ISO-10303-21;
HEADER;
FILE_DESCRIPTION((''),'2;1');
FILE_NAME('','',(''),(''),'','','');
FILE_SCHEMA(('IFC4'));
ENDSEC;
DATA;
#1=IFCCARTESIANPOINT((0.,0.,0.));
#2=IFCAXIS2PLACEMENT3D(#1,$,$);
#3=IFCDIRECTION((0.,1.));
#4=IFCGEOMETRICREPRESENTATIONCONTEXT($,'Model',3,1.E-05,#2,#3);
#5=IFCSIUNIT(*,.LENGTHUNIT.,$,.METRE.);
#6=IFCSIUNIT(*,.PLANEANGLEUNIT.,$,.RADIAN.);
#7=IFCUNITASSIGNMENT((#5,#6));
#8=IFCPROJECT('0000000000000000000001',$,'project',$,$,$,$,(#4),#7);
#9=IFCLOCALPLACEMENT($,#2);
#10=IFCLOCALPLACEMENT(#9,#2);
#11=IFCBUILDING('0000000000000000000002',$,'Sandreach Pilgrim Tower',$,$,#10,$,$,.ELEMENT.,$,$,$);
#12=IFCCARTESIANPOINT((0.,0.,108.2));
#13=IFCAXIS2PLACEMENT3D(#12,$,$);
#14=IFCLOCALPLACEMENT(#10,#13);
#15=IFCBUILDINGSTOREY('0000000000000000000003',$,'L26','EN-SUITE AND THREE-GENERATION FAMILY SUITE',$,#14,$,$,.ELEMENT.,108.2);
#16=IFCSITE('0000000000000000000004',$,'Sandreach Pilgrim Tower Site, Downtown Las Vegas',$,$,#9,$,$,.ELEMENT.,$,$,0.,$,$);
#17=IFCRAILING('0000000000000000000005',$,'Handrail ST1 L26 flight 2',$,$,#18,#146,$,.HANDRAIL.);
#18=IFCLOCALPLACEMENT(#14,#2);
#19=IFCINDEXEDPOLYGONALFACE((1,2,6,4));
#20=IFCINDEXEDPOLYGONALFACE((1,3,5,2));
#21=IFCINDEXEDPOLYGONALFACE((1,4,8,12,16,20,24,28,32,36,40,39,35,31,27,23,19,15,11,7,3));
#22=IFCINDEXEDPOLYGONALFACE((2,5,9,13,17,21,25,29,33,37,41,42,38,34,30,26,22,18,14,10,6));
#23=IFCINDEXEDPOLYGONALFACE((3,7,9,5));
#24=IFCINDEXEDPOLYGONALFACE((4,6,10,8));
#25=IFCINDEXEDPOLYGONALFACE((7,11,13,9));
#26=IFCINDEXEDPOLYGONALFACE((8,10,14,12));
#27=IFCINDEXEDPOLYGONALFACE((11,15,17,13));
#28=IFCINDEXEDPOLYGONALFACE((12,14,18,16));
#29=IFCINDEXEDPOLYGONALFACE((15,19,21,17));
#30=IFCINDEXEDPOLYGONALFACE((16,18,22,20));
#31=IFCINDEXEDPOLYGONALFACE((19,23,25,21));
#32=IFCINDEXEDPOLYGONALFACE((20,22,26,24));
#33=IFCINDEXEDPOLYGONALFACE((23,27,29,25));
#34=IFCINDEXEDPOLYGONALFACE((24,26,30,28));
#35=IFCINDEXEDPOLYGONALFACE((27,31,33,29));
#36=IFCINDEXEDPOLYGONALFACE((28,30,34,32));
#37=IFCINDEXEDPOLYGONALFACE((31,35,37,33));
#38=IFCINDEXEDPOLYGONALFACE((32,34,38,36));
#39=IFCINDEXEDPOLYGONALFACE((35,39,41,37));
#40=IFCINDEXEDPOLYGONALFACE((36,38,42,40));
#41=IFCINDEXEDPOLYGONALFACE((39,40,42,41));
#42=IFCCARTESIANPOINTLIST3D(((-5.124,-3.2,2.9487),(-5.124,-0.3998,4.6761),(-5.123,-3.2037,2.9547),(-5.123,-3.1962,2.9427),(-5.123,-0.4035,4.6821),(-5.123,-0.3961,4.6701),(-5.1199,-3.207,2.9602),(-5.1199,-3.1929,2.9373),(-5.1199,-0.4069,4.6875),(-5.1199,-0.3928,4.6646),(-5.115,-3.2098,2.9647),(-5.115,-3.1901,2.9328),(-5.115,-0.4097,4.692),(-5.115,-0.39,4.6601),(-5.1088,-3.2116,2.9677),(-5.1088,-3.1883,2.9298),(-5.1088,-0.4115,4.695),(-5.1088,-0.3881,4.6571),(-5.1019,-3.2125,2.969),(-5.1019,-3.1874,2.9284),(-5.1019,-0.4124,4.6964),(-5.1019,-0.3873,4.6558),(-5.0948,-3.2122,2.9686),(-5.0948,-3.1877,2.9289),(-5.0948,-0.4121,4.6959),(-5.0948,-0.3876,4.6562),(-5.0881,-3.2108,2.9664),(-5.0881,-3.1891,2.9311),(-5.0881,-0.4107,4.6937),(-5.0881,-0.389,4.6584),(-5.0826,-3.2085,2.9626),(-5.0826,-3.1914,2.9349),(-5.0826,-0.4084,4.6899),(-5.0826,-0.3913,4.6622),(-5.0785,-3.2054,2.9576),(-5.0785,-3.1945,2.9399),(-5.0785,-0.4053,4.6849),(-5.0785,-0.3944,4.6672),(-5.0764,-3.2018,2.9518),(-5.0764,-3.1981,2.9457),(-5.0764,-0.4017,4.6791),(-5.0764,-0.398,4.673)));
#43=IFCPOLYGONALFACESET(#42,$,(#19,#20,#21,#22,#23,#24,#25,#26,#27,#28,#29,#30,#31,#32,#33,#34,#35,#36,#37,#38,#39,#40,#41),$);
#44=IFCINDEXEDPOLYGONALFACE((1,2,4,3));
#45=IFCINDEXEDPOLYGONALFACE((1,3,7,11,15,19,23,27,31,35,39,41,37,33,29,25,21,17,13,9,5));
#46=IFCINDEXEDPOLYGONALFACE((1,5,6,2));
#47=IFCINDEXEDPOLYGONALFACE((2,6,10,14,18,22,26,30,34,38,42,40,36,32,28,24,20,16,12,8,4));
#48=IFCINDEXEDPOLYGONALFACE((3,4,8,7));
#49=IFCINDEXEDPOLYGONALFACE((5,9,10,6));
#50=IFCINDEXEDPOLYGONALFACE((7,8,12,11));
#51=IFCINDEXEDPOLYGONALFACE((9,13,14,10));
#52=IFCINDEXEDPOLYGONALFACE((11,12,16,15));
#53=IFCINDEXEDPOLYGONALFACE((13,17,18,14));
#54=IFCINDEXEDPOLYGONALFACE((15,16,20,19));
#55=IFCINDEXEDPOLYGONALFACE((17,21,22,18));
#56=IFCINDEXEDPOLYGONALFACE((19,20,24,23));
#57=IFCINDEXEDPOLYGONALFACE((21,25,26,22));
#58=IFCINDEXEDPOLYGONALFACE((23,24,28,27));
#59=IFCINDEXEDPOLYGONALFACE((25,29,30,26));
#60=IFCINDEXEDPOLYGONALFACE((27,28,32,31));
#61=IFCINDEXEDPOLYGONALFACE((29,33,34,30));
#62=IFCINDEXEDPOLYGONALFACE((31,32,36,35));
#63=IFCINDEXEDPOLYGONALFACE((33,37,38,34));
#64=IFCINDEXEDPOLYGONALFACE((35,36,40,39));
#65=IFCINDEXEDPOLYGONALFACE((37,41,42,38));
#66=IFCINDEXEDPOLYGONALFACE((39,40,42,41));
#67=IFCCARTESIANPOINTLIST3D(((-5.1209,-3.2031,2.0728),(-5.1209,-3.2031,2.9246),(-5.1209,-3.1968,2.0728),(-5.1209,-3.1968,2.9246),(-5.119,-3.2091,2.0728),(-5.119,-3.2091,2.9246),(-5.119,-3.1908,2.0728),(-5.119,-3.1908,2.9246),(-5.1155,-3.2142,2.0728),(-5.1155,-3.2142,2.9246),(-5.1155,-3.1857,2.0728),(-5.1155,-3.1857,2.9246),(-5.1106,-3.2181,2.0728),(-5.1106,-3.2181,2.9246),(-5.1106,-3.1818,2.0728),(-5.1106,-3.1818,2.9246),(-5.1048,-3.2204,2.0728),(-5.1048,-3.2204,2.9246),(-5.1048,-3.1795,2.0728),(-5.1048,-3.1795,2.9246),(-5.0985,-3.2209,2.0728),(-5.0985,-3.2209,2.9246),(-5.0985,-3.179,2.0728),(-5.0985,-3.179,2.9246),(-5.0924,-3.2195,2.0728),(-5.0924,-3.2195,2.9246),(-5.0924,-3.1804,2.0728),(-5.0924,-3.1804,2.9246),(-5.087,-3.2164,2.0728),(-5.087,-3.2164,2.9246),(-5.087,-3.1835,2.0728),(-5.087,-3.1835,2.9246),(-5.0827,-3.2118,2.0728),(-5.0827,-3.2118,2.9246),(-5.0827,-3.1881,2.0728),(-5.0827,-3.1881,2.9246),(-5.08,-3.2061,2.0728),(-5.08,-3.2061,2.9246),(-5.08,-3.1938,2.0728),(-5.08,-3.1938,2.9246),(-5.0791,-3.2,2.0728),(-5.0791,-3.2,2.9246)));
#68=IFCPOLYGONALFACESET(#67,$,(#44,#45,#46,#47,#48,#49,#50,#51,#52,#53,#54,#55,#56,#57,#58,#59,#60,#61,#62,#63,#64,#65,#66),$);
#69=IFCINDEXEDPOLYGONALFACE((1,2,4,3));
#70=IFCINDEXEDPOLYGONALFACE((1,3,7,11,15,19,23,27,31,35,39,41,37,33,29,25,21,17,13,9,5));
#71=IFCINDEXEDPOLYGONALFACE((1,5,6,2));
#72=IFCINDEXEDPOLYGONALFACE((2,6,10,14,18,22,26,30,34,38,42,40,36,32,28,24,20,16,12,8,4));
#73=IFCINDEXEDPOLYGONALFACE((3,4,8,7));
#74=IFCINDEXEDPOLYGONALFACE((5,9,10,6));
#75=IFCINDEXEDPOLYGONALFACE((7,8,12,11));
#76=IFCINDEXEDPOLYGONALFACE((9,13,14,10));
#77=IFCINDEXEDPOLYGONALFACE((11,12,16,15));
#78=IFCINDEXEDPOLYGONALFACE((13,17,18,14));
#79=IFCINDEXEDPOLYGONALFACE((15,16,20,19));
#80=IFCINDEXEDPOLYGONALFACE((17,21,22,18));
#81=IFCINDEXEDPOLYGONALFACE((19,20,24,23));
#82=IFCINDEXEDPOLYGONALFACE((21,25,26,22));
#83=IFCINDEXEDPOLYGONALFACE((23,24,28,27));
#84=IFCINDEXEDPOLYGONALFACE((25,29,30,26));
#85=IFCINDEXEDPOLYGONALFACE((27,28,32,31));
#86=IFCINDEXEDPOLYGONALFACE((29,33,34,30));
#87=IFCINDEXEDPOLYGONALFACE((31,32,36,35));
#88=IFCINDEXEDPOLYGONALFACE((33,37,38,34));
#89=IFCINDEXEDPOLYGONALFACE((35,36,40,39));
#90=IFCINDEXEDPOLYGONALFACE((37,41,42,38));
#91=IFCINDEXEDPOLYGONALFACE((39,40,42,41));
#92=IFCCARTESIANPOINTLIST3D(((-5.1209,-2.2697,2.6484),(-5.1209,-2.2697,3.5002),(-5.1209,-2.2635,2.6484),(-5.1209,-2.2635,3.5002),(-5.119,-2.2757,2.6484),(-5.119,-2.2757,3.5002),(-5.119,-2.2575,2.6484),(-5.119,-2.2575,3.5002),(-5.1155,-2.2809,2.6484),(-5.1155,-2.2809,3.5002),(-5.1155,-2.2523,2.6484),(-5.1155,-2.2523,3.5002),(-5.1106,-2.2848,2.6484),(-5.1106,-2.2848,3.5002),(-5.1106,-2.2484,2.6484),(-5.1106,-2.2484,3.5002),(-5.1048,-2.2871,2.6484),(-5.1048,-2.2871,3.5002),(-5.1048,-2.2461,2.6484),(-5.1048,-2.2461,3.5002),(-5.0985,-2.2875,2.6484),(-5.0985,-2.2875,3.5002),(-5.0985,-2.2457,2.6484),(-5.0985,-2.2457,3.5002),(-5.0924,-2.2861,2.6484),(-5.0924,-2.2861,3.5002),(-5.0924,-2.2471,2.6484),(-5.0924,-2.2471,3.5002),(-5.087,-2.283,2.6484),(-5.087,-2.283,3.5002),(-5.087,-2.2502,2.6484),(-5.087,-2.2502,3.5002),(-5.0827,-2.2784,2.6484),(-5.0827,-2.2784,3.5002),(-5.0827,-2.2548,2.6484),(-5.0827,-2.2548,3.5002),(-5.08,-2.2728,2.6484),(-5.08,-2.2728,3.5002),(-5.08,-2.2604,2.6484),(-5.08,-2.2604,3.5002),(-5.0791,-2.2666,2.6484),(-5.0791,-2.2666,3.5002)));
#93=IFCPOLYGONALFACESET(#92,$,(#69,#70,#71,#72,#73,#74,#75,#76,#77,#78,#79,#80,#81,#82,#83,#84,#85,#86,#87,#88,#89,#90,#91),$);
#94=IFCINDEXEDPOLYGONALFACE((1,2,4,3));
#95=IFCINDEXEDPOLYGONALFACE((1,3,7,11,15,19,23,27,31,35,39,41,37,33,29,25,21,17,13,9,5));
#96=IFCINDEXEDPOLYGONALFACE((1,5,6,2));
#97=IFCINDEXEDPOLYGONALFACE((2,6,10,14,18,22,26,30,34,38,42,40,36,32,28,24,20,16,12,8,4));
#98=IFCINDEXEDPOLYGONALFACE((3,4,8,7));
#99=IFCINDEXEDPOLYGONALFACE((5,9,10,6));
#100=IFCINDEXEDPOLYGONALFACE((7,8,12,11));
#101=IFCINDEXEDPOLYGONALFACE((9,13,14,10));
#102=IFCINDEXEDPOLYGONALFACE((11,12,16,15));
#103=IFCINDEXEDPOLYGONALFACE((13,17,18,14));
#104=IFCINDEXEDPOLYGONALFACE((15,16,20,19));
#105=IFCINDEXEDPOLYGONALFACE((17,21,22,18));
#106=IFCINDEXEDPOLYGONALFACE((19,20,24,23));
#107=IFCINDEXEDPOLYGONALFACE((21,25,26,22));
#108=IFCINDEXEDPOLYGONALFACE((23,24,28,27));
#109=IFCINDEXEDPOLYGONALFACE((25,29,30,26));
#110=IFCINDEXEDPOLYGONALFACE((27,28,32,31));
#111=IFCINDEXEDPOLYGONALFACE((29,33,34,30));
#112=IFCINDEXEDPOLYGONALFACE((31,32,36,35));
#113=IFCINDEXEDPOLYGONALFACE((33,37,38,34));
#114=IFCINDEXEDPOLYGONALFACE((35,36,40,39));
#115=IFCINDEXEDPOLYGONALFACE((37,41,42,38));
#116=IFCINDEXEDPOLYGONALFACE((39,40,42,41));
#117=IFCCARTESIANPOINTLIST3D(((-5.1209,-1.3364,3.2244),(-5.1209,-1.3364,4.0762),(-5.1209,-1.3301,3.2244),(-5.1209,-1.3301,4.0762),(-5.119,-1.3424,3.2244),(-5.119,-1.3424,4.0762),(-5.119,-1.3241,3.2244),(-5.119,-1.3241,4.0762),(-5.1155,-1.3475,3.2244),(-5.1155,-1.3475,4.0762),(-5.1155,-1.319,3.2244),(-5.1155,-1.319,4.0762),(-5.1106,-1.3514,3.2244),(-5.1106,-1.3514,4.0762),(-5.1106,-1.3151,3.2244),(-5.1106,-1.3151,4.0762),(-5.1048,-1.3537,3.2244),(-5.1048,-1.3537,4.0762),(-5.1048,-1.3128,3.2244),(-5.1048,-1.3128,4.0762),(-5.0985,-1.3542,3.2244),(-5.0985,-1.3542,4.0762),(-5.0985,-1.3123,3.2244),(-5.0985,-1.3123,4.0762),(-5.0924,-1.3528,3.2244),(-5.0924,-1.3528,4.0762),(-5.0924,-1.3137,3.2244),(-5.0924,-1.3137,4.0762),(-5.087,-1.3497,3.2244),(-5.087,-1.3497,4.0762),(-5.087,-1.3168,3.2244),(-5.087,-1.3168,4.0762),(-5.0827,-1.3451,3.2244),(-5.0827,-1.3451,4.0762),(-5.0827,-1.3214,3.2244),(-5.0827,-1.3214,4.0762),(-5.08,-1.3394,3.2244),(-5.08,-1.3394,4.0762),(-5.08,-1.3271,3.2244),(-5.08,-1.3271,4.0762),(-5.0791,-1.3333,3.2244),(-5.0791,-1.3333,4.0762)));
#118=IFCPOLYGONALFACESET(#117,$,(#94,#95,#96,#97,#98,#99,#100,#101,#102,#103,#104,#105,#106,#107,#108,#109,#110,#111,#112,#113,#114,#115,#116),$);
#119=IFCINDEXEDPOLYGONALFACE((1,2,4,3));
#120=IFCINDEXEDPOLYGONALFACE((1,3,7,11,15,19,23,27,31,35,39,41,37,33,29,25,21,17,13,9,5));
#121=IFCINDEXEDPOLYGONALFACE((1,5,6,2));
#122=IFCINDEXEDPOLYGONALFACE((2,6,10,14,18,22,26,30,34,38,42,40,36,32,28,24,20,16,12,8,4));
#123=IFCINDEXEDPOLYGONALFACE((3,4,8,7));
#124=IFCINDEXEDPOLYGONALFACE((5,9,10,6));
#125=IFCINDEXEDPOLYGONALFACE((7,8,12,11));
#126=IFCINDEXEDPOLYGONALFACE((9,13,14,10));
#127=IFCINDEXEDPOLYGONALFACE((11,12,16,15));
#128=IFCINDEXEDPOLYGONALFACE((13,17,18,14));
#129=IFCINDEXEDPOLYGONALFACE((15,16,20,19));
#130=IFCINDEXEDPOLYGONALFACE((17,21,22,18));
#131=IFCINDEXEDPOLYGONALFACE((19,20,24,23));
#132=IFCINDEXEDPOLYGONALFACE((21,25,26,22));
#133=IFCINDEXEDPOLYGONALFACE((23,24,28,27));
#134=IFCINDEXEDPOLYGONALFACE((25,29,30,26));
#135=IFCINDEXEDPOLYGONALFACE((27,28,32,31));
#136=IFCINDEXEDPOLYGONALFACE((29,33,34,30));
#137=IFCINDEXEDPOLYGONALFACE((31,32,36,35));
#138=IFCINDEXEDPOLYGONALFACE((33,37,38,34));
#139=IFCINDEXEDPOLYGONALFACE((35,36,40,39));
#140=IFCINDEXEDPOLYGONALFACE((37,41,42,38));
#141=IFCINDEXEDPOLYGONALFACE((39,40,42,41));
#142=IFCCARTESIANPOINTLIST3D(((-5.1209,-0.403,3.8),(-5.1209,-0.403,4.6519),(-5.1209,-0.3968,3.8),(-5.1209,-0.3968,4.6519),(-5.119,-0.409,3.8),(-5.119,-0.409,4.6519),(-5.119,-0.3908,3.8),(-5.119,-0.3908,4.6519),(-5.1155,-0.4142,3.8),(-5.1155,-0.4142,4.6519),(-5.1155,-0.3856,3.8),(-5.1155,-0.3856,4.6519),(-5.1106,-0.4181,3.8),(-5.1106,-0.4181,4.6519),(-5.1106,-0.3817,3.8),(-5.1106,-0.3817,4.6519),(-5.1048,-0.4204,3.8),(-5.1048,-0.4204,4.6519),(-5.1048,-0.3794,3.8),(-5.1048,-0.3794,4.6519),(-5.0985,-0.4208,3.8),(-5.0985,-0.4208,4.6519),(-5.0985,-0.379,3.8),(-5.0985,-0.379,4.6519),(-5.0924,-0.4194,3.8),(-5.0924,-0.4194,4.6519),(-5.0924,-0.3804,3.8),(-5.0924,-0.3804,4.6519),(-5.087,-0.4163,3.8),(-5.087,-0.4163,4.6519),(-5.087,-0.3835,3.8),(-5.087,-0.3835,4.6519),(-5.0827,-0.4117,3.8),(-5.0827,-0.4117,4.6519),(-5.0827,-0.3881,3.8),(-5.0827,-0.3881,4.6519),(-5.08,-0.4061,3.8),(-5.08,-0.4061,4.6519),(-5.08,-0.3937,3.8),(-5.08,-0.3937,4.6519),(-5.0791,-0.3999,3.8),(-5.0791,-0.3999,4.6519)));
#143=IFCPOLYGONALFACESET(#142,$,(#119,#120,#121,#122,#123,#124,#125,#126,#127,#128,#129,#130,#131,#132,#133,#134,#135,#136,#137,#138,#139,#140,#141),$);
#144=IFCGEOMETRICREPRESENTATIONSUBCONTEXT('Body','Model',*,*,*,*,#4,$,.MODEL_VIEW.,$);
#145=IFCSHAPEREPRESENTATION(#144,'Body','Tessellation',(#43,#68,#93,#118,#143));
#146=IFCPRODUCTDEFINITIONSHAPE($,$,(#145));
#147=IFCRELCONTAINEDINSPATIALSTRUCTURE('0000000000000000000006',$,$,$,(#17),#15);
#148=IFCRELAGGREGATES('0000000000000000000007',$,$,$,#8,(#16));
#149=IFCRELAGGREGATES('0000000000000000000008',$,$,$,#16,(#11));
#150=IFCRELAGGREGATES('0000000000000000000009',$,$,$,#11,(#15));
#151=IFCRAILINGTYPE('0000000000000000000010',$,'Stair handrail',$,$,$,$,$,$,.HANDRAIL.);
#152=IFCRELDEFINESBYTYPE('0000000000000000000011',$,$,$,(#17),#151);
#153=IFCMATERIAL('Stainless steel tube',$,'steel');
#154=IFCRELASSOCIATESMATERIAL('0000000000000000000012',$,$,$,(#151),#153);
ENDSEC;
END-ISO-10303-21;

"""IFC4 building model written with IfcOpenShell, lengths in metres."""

from ifc_helpers import new_model, si_unit, direction, frame, origin, origin_2d, place, context, subcontext, project, spatial, circle, extrude, material, type_object, element, save


model = new_model("IFC4")

# Units and contexts
model_context = context("Model", 3, precision=1e-05, world=origin(), true_north=direction((0.0, 1.0)))
body_context = subcontext(model_context, "Body", "Model", "MODEL_VIEW")
ifc_project = project(units=[si_unit("LENGTHUNIT", "METRE"), si_unit("PLANEANGLEUNIT", "RADIAN")], contexts=[model_context])

# Site, building, storey
site_placement = place(None, origin())
site = spatial("IfcSite", under=ifc_project, at=site_placement, Name="Sandreach Pilgrim Tower Site, Downtown Las Vegas", CompositionType="ELEMENT", RefElevation=0.0)
building_placement = place(site_placement, origin())
building = spatial("IfcBuilding", under=site, at=building_placement, Name="Sandreach Pilgrim Tower", CompositionType="ELEMENT")
storey_placement = place(building_placement, frame((0.0, 0.0, 108.2)))
storey = spatial("IfcBuildingStorey", under=building, at=storey_placement, Name="L26", Description="EN-SUITE AND THREE-GENERATION FAMILY SUITE", CompositionType="ELEMENT", Elevation=108.2)

# Railing
ifc_material_1 = material(Name="Stainless steel tube", Category="steel")
railing_type = type_object("IfcRailingType", Name="Stair handrail", PredefinedType="HANDRAIL", material=ifc_material_1)
for number, where, name in (
    (1, (-5.1001, -3.2, 2.0728), "Handrail ST1 L26 flight 2"),
):
    element("IfcRailing", number, at=place(storey_placement, frame(where)), inside=storey, type_object=railing_type, Name=name, PredefinedType="HANDRAIL", context=body_context, shape_type="SweptSolid", body=[
        extrude(circle(Radius=0.0239, at=origin_2d()), frame((0.0, 0.0, 0.876), z_axis=(0.0, 0.85109, 0.52502), x_axis=(-1.0, 0.0, 0.0)), (0.0, 0.0, 1.0), 3.29),
        extrude(circle(Radius=0.021, at=origin_2d()), origin(), (0.0, 0.0, 1.0), 0.8518),
        extrude(circle(Radius=0.021, at=origin_2d()), frame((0.0, 0.9333, 0.5757)), (0.0, 0.0, 1.0), 0.8518),
        extrude(circle(Radius=0.021, at=origin_2d()), frame((0.0, 1.8667, 1.1516)), (0.0, 0.0, 1.0), 0.8518),
        extrude(circle(Radius=0.021, at=origin_2d()), frame((0.0, 2.8, 1.7273)), (0.0, 0.0, 1.0), 0.8518),
    ])

save(model, "model.ifc")
